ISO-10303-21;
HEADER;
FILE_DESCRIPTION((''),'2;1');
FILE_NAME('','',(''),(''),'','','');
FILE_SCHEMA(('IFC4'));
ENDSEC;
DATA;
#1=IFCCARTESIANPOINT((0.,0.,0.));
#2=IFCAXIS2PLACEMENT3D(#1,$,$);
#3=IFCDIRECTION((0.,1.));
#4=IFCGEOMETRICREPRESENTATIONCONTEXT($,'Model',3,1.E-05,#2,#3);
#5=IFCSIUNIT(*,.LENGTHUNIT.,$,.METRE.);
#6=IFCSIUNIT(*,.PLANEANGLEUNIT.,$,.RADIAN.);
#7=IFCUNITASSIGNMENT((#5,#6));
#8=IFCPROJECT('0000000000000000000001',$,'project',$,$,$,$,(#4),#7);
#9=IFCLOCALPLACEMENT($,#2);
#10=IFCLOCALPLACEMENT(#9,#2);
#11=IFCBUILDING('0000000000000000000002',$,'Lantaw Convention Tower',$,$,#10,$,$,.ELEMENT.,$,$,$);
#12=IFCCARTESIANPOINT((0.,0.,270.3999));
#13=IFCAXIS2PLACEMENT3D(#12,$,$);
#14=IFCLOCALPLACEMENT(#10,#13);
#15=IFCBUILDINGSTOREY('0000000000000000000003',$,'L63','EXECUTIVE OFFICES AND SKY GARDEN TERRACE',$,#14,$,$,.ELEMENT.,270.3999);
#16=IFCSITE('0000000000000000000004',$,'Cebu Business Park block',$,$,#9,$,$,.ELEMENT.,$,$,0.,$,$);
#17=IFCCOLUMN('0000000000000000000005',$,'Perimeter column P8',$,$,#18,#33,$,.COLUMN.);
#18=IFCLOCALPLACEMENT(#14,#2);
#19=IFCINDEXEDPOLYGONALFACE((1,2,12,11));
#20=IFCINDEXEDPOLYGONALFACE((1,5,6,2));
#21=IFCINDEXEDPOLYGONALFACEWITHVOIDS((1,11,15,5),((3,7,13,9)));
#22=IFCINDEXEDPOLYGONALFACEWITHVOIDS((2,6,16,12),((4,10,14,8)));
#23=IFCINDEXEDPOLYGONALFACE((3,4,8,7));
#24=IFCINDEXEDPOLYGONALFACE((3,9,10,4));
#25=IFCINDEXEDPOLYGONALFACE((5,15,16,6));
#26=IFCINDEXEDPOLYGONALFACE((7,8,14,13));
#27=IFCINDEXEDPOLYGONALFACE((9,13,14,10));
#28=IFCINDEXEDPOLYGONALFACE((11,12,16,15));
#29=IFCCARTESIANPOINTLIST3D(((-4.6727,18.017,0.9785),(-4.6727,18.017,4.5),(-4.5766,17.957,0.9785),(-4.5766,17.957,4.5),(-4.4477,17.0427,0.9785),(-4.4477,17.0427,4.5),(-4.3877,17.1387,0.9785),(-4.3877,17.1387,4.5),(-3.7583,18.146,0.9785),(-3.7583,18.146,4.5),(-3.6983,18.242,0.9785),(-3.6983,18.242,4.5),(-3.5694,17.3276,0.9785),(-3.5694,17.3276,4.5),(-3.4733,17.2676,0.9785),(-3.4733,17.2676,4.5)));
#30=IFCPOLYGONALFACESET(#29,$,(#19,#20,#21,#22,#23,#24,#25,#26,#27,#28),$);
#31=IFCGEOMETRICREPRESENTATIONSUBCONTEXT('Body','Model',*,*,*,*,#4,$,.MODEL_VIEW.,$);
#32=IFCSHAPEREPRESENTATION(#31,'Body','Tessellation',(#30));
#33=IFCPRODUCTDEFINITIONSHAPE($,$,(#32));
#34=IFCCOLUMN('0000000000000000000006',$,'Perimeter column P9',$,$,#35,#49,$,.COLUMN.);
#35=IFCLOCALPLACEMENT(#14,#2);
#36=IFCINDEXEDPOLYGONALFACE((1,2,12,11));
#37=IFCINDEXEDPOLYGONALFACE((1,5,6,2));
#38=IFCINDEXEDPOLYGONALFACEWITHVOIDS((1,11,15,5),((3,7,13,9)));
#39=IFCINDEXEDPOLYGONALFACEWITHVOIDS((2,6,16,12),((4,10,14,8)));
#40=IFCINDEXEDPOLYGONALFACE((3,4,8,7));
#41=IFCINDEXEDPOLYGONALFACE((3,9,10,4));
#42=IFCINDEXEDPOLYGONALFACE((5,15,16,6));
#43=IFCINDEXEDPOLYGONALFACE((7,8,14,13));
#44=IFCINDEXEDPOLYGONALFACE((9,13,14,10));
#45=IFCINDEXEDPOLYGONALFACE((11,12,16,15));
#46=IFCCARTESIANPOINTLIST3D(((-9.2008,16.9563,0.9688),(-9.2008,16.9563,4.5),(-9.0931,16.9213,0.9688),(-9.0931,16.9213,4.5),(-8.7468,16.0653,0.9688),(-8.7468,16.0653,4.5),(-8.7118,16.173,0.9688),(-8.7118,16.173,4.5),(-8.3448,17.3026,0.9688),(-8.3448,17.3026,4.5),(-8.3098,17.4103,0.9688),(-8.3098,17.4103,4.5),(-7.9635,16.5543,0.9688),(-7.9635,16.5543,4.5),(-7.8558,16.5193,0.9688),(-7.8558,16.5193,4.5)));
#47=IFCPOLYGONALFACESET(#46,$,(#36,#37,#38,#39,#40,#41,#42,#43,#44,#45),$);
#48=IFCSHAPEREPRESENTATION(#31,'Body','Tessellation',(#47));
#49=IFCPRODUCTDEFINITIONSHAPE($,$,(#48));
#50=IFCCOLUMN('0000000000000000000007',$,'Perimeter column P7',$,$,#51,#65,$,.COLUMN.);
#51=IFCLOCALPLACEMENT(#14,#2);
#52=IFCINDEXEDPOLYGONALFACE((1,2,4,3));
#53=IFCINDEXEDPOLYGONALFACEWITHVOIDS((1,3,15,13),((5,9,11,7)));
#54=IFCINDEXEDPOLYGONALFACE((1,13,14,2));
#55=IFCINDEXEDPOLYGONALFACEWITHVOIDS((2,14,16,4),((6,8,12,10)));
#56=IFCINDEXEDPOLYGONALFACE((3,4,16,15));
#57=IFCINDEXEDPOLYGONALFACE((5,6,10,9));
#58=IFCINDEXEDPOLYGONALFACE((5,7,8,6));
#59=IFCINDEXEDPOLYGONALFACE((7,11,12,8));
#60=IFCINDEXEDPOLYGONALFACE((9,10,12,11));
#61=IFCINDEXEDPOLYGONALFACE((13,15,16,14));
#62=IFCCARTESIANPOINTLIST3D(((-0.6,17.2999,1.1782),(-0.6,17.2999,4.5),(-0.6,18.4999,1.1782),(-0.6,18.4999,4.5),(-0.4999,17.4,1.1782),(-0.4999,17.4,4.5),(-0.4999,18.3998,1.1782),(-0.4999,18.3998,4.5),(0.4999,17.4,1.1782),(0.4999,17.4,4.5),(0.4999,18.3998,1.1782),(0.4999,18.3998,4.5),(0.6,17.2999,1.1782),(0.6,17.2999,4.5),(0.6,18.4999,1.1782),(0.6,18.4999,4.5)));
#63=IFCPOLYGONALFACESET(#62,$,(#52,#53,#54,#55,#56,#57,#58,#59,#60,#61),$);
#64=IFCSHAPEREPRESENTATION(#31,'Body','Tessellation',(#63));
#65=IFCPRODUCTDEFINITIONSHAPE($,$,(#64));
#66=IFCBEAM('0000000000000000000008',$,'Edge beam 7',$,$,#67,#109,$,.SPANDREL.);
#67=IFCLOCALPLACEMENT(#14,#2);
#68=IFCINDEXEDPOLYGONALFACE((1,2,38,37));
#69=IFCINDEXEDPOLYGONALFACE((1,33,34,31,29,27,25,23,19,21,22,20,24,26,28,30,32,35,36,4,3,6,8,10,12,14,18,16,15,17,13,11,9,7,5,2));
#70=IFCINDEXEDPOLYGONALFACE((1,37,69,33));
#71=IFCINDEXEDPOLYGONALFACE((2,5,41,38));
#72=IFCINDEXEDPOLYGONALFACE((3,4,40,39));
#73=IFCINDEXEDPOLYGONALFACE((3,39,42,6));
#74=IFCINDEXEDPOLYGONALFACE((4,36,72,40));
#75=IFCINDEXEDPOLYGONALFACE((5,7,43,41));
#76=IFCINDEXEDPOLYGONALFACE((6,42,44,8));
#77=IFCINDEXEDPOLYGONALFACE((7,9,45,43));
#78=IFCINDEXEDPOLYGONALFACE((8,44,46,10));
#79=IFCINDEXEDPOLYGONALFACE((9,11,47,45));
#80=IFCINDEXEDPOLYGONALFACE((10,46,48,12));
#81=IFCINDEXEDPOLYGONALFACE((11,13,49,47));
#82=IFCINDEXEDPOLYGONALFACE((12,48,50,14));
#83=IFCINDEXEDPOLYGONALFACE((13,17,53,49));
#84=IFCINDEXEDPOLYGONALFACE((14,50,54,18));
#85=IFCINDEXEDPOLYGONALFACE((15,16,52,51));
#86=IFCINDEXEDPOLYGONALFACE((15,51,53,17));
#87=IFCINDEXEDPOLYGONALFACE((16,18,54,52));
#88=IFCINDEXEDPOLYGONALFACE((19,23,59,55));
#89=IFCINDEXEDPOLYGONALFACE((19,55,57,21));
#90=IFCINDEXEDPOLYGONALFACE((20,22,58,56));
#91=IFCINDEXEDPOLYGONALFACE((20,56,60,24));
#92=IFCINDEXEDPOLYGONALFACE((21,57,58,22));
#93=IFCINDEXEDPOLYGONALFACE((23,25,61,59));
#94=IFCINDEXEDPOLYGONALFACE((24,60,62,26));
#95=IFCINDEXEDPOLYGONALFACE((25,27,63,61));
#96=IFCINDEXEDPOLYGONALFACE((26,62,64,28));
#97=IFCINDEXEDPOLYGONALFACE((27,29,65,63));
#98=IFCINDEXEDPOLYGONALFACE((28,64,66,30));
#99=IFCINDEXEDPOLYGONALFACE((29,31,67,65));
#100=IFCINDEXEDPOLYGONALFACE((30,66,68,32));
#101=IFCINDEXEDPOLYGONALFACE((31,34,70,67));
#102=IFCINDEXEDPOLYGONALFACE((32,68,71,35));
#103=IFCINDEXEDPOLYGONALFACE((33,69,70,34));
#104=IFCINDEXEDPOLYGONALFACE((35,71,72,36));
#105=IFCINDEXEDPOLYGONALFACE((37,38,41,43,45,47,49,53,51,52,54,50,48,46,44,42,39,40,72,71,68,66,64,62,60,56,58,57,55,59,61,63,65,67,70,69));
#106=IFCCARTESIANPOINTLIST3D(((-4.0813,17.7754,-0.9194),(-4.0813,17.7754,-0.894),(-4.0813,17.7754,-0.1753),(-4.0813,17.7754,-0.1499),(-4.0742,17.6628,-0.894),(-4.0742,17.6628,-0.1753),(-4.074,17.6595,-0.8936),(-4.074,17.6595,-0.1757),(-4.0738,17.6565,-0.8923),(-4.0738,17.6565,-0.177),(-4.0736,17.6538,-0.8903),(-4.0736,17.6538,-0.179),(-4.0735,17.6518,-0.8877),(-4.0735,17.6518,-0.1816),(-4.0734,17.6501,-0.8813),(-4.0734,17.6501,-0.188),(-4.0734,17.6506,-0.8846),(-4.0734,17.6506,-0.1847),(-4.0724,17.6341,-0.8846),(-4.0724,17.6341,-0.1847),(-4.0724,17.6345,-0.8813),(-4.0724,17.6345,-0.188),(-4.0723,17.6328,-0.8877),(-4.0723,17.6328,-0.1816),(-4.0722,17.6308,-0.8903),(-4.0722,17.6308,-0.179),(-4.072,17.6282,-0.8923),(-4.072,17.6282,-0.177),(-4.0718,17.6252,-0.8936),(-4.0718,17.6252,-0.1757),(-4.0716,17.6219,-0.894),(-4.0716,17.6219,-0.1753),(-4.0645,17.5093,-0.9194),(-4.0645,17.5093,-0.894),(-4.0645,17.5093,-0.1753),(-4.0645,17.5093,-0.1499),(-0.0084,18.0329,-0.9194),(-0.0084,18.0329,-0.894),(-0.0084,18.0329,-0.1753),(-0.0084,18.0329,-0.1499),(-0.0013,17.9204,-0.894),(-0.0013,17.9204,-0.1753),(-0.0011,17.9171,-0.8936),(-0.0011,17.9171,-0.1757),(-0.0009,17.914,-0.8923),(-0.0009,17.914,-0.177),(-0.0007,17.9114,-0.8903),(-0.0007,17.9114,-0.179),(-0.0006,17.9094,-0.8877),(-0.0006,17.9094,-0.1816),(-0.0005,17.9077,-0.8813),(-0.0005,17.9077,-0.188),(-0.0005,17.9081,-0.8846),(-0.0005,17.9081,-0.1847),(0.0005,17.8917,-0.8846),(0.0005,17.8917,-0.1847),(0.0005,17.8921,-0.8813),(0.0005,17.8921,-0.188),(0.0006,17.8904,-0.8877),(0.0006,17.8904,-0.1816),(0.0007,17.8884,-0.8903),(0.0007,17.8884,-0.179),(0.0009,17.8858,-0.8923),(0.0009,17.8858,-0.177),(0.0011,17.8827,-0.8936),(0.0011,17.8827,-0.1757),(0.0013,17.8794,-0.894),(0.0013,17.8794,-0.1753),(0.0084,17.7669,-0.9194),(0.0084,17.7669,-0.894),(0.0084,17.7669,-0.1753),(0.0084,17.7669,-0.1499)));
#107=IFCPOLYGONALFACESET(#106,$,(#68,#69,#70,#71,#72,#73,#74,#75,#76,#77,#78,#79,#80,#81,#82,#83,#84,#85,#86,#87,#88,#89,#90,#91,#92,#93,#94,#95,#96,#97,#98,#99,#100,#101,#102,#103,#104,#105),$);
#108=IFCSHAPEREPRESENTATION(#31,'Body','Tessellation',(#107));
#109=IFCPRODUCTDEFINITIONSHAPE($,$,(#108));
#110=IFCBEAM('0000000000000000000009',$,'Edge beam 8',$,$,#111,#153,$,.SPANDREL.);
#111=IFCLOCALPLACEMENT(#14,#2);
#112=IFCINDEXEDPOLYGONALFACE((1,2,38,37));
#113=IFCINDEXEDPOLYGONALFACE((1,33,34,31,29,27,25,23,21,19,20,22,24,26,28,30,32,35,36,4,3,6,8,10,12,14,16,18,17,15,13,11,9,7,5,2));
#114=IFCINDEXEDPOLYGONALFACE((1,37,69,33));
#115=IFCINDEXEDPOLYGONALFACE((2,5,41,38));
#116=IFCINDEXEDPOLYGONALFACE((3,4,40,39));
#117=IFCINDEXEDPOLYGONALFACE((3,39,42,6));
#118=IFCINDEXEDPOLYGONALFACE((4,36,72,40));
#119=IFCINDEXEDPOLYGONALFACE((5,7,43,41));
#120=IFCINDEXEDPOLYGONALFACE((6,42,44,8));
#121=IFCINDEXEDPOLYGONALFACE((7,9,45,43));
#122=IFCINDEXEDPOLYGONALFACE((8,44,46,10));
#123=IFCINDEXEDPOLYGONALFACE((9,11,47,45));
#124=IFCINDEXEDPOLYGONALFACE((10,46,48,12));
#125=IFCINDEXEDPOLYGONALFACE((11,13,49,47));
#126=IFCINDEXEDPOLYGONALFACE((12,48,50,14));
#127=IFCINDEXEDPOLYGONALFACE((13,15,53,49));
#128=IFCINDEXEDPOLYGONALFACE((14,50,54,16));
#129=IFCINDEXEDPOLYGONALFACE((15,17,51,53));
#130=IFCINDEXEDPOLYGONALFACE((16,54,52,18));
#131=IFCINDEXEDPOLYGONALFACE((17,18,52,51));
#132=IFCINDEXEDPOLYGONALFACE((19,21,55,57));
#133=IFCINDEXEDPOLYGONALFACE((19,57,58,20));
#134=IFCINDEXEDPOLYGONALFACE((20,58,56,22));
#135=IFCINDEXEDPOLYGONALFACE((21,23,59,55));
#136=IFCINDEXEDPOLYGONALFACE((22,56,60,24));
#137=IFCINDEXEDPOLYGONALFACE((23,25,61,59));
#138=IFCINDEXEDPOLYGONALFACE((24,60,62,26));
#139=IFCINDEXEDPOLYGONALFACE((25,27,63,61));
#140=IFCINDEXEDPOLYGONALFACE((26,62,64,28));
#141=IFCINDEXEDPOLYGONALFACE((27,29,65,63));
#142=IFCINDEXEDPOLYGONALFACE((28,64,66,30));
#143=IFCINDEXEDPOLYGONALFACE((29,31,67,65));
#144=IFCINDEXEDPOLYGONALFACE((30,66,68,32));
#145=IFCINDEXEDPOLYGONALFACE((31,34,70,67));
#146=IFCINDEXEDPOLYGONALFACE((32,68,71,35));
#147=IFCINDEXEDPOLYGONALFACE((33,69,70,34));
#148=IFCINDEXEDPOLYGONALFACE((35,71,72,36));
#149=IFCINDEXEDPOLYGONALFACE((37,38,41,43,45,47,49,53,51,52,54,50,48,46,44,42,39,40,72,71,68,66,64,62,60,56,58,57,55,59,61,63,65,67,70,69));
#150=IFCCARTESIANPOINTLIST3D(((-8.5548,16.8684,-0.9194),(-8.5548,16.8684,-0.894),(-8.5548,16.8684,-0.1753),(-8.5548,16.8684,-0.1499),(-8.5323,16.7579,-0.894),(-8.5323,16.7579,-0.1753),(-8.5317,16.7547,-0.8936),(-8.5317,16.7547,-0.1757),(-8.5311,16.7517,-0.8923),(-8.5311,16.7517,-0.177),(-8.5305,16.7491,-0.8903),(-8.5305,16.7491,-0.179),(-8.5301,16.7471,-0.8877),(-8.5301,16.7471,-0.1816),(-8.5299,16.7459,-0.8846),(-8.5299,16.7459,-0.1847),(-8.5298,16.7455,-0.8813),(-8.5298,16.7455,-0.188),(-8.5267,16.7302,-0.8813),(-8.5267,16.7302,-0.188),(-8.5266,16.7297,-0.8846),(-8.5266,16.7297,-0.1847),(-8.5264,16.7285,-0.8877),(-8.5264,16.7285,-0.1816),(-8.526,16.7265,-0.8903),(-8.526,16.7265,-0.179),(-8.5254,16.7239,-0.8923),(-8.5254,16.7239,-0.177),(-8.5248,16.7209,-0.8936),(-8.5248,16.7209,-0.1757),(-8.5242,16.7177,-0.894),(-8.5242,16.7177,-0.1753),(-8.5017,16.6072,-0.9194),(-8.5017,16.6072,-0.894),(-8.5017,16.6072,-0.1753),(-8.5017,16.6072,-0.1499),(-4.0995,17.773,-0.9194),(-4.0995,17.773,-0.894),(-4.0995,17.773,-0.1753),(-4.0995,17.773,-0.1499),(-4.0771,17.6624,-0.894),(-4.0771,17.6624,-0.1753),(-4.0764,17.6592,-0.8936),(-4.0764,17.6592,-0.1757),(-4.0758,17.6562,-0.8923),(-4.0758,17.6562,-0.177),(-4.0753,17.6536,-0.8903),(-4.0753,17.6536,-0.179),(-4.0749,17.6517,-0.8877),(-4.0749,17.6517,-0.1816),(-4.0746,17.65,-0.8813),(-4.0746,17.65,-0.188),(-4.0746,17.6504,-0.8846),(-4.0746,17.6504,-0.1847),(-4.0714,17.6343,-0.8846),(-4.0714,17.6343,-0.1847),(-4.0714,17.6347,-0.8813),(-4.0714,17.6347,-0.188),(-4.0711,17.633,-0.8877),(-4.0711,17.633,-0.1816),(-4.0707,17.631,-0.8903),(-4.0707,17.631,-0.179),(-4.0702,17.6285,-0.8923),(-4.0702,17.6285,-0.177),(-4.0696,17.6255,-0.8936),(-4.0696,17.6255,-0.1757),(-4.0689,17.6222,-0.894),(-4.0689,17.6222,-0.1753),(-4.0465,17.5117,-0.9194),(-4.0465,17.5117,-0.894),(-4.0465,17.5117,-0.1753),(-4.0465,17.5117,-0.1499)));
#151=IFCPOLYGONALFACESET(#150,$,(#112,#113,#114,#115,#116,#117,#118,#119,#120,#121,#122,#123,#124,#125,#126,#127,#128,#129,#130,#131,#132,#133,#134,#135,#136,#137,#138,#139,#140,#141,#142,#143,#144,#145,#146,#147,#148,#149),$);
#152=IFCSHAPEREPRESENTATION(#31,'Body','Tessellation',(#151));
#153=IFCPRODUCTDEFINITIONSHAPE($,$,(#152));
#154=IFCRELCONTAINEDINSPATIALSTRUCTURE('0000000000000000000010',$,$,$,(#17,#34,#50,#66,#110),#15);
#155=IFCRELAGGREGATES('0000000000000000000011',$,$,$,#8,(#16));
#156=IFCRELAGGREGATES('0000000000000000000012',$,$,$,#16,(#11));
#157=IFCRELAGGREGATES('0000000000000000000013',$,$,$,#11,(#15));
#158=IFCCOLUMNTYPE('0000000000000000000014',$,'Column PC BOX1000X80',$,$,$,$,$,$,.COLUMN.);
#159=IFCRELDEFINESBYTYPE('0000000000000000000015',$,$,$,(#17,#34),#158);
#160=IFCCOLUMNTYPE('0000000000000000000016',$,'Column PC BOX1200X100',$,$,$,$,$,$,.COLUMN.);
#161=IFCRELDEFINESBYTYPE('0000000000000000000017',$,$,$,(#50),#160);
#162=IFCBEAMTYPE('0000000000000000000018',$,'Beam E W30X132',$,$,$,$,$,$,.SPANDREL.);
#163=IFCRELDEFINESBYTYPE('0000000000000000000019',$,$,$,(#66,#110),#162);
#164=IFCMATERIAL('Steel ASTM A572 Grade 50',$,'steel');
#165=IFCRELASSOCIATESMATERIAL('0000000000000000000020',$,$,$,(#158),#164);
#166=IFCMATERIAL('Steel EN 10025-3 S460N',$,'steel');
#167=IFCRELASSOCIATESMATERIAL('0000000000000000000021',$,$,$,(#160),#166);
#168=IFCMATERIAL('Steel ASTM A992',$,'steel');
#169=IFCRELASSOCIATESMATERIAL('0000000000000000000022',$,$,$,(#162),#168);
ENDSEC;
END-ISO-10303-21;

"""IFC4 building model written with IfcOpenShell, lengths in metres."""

from ifc_helpers import new_model, si_unit, direction, frame, origin, origin_2d, place, context, subcontext, project, spatial, rectangle, hollow_rectangle, i_section, extrude, material, material_profile, profile_set, type_object, element, save


model = new_model("IFC4")

# Units and contexts
model_context = context("Model", 3, precision=1e-05, world=origin(), true_north=direction((0.0, 1.0)))
body_context = subcontext(model_context, "Body", "Model", "MODEL_VIEW")
ifc_project = project(units=[si_unit("LENGTHUNIT", "METRE"), si_unit("PLANEANGLEUNIT", "RADIAN")], contexts=[model_context])

# Site, building, storey
site_placement = place(None, origin())
site = spatial("IfcSite", under=ifc_project, at=site_placement, Name="Cebu Business Park block", CompositionType="ELEMENT", RefElevation=0.0)
building_placement = place(site_placement, origin())
building = spatial("IfcBuilding", under=site, at=building_placement, Name="Lantaw Convention Tower", CompositionType="ELEMENT")
storey_placement = place(building_placement, frame((0.0, 0.0, 270.3999)))
storey = spatial("IfcBuildingStorey", under=building, at=storey_placement, Name="L63", Description="EXECUTIVE OFFICES AND SKY GARDEN TERRACE", CompositionType="ELEMENT", Elevation=270.3999)

# Columns
ifc_material_1 = material(Name="Steel ASTM A572 Grade 50", Category="steel")
ifc_material_profile_1 = material_profile(ifc_material_1, hollow_rectangle(XDim=1.0, YDim=1.0, WallThickness=0.0801, at=origin_2d()), Name="BOX1000X80")
ifc_material_2 = material(Name="Concrete C60/75", Category="concrete")
ifc_material_profile_2 = material_profile(ifc_material_2, rectangle(XDim=0.8401, YDim=0.8401, at=origin_2d()), Name="Concrete fill of BOX1000X80")
ifc_profile_set_1 = profile_set([ifc_material_profile_1, ifc_material_profile_2], Name="Steel ASTM A572 Grade 50")
column_type_1 = type_object("IfcColumnType", Name="Column PC BOX1000X80", PredefinedType="COLUMN", material=ifc_profile_set_1)
column_1_placement = place(storey_placement, frame((-4.073, 17.6423, 0.9785), z_axis=(0.0, 0.0, 1.0), x_axis=(0.97437, 0.224951, 0.0)))
element("IfcColumn", 1, at=column_1_placement, inside=storey, type_object=column_type_1, Name="Perimeter column P8", PredefinedType="COLUMN", context=body_context, shape_type="SweptSolid", body=[
    extrude(hollow_rectangle(XDim=1.0, YDim=1.0, WallThickness=0.0801, at=origin_2d()), origin(), (0.0, 0.0, 1.0), 3.5215),
])
column_2_placement = place(storey_placement, frame((-8.5283, 16.7378, 0.9688), z_axis=(0.0, 0.0, 1.0), x_axis=(0.891007, 0.45399, 0.0)))
element("IfcColumn", 2, at=column_2_placement, inside=storey, type_object=column_type_1, Name="Perimeter column P9", PredefinedType="COLUMN", context=body_context, shape_type="SweptSolid", body=[
    extrude(hollow_rectangle(XDim=1.0, YDim=1.0, WallThickness=0.0801, at=origin_2d()), origin(), (0.0, 0.0, 1.0), 3.5312),
])
ifc_material_3 = material(Name="Steel EN 10025-3 S460N", Category="steel")
ifc_material_profile_3 = material_profile(ifc_material_3, hollow_rectangle(XDim=1.2, YDim=1.2, WallThickness=0.1001, at=origin_2d()), Name="BOX1200X100")
ifc_material_profile_4 = material_profile(ifc_material_2, rectangle(XDim=1.0, YDim=1.0, at=origin_2d()), Name="Concrete fill of BOX1200X100")
ifc_profile_set_2 = profile_set([ifc_material_profile_3, ifc_material_profile_4], Name="Steel EN 10025-3 S460N")
column_type_2 = type_object("IfcColumnType", Name="Column PC BOX1200X100", PredefinedType="COLUMN", material=ifc_profile_set_2)
column_3_placement = place(storey_placement, frame((0.0, 17.8999, 1.1782), z_axis=(0.0, 0.0, 1.0), x_axis=(1.0, 0.0, 0.0)))
element("IfcColumn", 3, at=column_3_placement, inside=storey, type_object=column_type_2, Name="Perimeter column P7", PredefinedType="COLUMN", context=body_context, shape_type="SweptSolid", body=[
    extrude(hollow_rectangle(XDim=1.2, YDim=1.2, WallThickness=0.1001, at=origin_2d()), origin(), (0.0, 0.0, 1.0), 3.3218),
])

# Beams
ifc_material_4 = material(Name="Steel ASTM A992", Category="steel")
ifc_material_profile_5 = material_profile(ifc_material_4, i_section(OverallWidth=0.2666, OverallDepth=0.7695, WebThickness=0.0156, FlangeThickness=0.0254, FilletRadius=0.0127, at=origin_2d()), Name="W30X132")
ifc_profile_set_3 = profile_set([ifc_material_profile_5], Name="Steel ASTM A992")
beam_type = type_object("IfcBeamType", Name="Beam E W30X132", PredefinedType="SPANDREL", material=ifc_profile_set_3)
beam_1_placement = place(storey_placement, frame((0.0, 17.8999, -0.5347), z_axis=(-0.998006, -0.063112, 0.0), x_axis=(0.063112, -0.998006, 0.0)))
element("IfcBeam", 4, at=beam_1_placement, inside=storey, type_object=beam_type, Name="Edge beam 7", PredefinedType="SPANDREL", context=body_context, shape_type="SweptSolid", body=[
    extrude(i_section(OverallWidth=0.2666, OverallDepth=0.7695, WebThickness=0.0156, FlangeThickness=0.0254, FilletRadius=0.0127, at=origin_2d()), origin(), (0.0, 0.0, 1.0), 4.0811),
])
beam_2_placement = place(storey_placement, frame((-4.073, 17.6423, -0.5347), z_axis=(-0.980006, -0.198966, 0.0), x_axis=(0.198966, -0.980006, 0.0)))
element("IfcBeam", 5, at=beam_2_placement, inside=storey, type_object=beam_type, Name="Edge beam 8", PredefinedType="SPANDREL", context=body_context, shape_type="SweptSolid", body=[
    extrude(i_section(OverallWidth=0.2666, OverallDepth=0.7695, WebThickness=0.0156, FlangeThickness=0.0254, FilletRadius=0.0127, at=origin_2d()), origin(), (0.0, 0.0, 1.0), 4.5461),
])

save(model, "model.ifc")
